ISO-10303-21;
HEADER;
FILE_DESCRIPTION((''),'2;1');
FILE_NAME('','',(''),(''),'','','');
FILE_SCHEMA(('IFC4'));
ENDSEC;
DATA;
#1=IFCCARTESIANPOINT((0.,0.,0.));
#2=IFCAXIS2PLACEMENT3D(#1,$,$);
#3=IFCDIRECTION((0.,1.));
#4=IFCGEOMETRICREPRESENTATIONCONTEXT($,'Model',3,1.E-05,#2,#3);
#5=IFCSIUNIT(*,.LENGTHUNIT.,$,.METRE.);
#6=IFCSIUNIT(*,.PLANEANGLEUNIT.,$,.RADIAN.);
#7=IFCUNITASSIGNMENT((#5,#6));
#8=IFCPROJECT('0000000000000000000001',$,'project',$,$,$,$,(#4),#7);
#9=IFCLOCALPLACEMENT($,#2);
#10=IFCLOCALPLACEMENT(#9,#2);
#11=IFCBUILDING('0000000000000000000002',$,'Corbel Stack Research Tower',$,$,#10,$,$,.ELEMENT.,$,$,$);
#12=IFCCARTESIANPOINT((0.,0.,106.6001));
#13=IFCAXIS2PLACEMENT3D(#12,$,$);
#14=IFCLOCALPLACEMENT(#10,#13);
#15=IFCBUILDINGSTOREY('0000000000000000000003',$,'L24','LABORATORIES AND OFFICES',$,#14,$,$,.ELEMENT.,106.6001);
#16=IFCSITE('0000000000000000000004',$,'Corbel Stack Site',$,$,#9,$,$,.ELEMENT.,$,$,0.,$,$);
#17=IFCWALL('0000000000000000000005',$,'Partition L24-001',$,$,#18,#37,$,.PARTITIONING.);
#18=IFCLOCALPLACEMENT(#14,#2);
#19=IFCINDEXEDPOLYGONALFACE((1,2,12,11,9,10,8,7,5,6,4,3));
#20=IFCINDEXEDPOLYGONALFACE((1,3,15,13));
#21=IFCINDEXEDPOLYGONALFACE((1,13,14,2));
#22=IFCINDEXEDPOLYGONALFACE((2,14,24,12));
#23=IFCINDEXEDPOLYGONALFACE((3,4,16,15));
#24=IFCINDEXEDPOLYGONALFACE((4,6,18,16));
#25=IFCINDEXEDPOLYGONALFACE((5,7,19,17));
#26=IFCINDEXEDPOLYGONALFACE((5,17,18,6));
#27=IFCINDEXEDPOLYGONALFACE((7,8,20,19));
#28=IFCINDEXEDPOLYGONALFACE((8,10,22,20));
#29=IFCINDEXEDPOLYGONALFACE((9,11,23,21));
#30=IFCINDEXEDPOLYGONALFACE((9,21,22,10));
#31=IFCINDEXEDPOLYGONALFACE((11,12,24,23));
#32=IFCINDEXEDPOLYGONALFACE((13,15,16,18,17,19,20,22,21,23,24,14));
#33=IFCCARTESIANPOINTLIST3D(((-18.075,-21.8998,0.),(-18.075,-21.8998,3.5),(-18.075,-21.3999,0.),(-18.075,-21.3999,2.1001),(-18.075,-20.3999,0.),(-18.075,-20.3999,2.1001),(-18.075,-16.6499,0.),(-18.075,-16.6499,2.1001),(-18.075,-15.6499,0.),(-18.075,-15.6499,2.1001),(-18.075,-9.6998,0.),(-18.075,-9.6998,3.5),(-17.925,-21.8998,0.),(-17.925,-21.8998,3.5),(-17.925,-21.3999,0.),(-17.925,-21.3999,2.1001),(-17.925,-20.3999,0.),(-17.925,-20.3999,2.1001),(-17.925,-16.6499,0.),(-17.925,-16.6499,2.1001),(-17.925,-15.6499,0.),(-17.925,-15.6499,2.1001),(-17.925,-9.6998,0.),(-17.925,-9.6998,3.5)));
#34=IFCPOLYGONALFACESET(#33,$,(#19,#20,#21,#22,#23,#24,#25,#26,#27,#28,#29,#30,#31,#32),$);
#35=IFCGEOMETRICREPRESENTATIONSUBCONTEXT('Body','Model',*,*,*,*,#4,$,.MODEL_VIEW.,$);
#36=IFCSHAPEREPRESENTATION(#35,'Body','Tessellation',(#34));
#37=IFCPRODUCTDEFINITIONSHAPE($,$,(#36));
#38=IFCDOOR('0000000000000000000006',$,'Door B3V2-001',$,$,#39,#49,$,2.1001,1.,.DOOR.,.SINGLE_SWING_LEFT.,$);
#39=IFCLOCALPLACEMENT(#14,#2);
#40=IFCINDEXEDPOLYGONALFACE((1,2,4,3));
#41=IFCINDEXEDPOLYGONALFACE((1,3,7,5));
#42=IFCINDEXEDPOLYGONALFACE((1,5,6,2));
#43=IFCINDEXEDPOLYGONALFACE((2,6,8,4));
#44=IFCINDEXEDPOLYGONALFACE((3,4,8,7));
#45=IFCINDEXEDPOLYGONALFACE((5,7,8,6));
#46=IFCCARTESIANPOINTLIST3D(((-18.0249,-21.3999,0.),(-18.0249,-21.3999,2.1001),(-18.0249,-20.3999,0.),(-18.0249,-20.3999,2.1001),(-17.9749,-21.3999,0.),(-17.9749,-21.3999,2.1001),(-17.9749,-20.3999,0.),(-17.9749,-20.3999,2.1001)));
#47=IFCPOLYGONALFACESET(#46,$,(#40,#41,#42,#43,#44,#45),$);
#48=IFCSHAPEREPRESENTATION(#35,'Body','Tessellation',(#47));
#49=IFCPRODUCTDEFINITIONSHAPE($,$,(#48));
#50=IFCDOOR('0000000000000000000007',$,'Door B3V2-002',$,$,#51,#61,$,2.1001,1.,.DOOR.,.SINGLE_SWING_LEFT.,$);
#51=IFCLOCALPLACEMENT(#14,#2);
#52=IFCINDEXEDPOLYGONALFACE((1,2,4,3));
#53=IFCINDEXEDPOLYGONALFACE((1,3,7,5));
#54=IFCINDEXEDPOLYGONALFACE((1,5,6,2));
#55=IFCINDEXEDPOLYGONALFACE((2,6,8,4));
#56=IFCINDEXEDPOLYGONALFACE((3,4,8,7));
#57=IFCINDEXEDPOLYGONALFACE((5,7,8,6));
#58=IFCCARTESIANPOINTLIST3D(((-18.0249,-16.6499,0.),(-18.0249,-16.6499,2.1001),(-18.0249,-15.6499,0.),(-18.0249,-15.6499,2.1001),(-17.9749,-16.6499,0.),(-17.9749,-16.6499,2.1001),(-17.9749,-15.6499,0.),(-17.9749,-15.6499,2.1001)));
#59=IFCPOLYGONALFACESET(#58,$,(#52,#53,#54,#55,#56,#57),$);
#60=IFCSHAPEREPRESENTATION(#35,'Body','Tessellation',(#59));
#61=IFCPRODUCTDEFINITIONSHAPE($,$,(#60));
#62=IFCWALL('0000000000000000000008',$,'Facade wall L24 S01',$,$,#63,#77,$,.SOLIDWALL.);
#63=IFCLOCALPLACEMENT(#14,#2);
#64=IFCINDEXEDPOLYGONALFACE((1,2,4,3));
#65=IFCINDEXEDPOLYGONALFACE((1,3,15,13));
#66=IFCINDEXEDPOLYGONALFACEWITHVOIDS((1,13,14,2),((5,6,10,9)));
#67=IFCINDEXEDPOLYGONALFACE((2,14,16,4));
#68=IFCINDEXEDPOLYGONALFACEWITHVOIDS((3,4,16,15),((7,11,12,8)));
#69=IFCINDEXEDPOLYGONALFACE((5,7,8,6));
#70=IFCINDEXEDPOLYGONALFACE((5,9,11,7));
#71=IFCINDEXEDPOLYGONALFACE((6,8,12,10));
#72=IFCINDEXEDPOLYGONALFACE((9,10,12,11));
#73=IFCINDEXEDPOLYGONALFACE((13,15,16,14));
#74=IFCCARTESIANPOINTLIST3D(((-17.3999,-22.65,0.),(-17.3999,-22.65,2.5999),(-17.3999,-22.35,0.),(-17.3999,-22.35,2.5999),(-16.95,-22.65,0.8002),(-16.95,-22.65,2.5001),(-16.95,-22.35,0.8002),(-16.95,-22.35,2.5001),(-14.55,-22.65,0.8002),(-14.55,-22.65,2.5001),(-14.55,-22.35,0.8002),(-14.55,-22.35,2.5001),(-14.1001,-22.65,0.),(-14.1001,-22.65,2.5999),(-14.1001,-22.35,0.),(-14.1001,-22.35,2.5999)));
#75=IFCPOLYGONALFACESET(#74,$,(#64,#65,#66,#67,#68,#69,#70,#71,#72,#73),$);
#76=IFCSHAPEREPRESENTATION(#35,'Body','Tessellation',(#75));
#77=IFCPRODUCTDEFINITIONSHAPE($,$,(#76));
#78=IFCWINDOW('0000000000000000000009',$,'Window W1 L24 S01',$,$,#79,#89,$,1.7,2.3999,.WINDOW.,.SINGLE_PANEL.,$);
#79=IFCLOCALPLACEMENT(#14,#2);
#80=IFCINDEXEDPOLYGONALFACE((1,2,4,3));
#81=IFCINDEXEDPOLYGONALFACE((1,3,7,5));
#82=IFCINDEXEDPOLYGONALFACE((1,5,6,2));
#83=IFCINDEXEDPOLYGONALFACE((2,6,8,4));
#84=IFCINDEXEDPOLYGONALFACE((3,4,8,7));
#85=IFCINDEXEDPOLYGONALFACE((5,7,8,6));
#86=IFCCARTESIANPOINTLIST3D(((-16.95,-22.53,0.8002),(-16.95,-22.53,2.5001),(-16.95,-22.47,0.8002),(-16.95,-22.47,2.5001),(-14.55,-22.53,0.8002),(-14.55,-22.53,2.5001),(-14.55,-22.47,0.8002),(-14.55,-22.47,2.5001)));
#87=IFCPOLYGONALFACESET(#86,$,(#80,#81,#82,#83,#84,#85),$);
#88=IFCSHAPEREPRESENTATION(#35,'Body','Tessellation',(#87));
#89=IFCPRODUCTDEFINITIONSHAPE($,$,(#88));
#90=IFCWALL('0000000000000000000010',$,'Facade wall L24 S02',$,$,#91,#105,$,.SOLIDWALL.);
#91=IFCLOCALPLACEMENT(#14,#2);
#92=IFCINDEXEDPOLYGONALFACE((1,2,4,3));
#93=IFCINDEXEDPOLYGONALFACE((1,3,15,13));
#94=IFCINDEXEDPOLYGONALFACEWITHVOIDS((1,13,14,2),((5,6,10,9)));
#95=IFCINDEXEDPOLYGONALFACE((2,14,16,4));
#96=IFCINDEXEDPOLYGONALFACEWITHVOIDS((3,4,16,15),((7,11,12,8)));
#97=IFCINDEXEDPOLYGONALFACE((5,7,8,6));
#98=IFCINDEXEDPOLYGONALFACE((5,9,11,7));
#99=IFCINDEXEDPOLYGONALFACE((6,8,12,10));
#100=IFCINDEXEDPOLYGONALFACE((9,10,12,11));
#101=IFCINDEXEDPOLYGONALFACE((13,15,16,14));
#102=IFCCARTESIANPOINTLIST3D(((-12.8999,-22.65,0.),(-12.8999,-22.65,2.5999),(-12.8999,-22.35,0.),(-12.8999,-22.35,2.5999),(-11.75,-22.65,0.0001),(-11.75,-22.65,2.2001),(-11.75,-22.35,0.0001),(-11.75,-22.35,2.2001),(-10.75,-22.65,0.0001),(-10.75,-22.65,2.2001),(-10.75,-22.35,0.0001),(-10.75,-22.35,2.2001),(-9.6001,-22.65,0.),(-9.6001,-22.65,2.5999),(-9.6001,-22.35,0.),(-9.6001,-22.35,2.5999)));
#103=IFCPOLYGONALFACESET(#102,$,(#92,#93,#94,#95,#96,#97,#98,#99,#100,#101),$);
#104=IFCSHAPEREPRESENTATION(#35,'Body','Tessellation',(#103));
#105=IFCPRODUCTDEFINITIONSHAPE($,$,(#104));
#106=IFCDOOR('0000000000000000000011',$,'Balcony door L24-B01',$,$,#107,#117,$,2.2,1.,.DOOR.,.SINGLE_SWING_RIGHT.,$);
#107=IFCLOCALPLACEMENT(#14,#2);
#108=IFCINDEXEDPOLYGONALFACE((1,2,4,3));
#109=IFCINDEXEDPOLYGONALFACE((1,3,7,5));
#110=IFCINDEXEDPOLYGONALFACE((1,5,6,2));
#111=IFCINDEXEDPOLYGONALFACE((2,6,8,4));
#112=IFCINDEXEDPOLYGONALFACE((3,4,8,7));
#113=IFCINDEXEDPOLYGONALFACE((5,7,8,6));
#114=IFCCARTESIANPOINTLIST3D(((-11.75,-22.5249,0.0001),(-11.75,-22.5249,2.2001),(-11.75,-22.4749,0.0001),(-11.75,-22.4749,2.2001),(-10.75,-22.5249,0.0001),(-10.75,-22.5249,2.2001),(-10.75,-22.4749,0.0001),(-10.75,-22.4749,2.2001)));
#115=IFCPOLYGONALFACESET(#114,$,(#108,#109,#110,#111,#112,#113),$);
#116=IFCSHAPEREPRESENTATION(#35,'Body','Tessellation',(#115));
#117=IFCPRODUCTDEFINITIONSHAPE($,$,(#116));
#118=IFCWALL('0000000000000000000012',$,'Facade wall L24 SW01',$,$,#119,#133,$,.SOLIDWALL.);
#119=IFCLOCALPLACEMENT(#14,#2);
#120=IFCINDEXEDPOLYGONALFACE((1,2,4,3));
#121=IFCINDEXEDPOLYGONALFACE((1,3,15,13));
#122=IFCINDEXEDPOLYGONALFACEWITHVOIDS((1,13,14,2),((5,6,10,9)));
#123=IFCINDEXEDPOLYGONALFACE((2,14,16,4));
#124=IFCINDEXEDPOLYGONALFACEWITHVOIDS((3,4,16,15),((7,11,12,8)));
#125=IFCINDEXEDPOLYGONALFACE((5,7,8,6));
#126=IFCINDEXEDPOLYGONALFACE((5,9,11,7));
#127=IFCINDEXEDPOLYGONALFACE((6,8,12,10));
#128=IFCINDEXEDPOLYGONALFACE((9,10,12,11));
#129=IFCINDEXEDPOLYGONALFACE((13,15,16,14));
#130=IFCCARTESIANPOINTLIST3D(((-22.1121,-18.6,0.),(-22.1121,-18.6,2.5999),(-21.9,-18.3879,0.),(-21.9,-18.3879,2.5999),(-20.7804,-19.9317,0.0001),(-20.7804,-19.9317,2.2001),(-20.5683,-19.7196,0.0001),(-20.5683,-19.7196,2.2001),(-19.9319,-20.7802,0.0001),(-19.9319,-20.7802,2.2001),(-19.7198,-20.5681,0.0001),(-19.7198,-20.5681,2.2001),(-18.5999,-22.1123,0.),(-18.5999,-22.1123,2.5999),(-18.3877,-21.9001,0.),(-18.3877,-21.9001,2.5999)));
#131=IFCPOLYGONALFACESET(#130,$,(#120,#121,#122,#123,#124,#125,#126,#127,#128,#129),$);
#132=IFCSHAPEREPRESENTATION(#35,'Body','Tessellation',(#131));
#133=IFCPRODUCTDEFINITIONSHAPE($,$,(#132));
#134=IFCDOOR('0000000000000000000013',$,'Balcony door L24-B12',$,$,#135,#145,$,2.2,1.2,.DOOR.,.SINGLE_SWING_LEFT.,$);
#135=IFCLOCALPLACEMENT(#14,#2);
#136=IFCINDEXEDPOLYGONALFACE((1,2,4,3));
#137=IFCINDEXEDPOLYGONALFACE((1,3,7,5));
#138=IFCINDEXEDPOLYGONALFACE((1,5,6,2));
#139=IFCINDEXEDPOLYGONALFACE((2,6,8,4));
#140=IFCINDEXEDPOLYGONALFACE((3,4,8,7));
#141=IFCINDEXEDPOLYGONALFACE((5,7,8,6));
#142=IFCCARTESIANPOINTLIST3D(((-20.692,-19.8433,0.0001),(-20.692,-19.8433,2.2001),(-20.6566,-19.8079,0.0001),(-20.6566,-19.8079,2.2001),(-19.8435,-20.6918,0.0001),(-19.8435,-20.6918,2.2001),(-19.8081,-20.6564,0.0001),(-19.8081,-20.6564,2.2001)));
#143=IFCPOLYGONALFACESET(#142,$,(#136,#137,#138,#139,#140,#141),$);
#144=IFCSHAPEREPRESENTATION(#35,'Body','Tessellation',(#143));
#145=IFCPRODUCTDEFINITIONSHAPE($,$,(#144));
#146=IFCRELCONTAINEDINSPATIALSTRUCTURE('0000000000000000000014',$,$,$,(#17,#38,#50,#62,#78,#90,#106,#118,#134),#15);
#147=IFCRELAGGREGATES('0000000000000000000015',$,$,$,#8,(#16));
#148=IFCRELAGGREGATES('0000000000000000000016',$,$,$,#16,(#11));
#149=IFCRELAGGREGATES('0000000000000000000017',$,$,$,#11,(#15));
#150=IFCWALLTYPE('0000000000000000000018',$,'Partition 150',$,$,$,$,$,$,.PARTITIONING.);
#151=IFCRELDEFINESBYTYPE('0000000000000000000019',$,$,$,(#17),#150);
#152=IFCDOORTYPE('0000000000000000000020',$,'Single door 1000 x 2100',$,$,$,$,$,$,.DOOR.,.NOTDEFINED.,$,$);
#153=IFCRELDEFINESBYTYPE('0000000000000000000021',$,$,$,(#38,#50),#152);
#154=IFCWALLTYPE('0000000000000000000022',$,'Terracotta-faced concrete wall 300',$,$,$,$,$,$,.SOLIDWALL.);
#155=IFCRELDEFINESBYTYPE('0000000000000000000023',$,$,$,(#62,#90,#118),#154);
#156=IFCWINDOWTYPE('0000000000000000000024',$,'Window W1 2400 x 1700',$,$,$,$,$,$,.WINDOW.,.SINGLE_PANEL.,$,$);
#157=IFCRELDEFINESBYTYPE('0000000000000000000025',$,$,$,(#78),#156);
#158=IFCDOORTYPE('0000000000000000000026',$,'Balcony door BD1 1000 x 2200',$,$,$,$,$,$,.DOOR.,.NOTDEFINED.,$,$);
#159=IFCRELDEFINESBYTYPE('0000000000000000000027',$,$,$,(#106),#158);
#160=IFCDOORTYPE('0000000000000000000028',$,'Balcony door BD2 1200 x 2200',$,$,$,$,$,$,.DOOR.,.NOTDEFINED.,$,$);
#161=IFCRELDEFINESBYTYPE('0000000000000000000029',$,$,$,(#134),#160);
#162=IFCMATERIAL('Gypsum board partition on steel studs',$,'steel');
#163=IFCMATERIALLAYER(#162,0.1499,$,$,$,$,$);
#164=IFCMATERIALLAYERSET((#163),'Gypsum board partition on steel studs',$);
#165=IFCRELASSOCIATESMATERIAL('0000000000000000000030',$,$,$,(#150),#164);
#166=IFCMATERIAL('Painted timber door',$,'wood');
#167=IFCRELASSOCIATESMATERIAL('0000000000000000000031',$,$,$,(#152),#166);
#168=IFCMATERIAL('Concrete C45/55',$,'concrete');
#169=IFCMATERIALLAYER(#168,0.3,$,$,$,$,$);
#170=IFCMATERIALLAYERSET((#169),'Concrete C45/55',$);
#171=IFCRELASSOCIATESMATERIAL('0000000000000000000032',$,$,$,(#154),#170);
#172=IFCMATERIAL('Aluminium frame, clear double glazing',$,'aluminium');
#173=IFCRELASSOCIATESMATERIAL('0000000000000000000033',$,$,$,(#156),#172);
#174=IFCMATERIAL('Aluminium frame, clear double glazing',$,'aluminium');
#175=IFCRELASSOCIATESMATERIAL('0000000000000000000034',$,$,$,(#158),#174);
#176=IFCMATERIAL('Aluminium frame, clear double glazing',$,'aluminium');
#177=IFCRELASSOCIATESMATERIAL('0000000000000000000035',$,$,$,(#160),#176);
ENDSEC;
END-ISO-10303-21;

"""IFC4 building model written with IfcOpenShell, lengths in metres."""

from ifc_helpers import new_model, si_unit, direction, frame, frame_2d, origin, place, context, subcontext, project, spatial, rectangle, extrude, material, layer, layer_set, type_object, element, fill, save


model = new_model("IFC4")

# Units and contexts
model_context = context("Model", 3, precision=1e-05, world=origin(), true_north=direction((0.0, 1.0)))
body_context = subcontext(model_context, "Body", "Model", "MODEL_VIEW")
ifc_project = project(units=[si_unit("LENGTHUNIT", "METRE"), si_unit("PLANEANGLEUNIT", "RADIAN")], contexts=[model_context])

# Site, building, storey
site_placement = place(None, origin())
site = spatial("IfcSite", under=ifc_project, at=site_placement, Name="Corbel Stack Site", CompositionType="ELEMENT", RefElevation=0.0)
building_placement = place(site_placement, origin())
building = spatial("IfcBuilding", under=site, at=building_placement, Name="Corbel Stack Research Tower", CompositionType="ELEMENT")
storey_placement = place(building_placement, frame((0.0, 0.0, 106.6001)))
storey = spatial("IfcBuildingStorey", under=building, at=storey_placement, Name="L24", Description="LABORATORIES AND OFFICES", CompositionType="ELEMENT", Elevation=106.6001)

# Wall, openings, doors
ifc_material_1 = material(Name="Gypsum board partition on steel studs", Category="steel")
ifc_layer_1 = layer(ifc_material_1, 0.1499)
ifc_layer_set_1 = layer_set([ifc_layer_1], Name="Gypsum board partition on steel studs")
wall_type_1 = type_object("IfcWallType", Name="Partition 150", PredefinedType="PARTITIONING", material=ifc_layer_set_1)
wall_1_placement = place(storey_placement, frame((-18.0, -21.8999, 0.0), z_axis=(0.0, 0.0, 1.0), x_axis=(0.0, 1.0, 0.0)))
wall_1 = element("IfcWall", 1, at=wall_1_placement, inside=storey, type_object=wall_type_1, Name="Partition L24-001", PredefinedType="PARTITIONING", context=body_context, shape_type="SweptSolid", body=[
    extrude(rectangle(XDim=12.2, YDim=0.1499, at=frame_2d((6.1001, 0.0))), origin(), (0.0, 0.0, 1.0), 3.5),
])
opening_1_placement = place(wall_1_placement, frame((0.5, 0.0, 0.0)))
opening_1 = element("IfcOpeningElement", 2, at=opening_1_placement, cuts=wall_1, PredefinedType="OPENING", context=body_context, shape_type="SweptSolid", body=[
    extrude(rectangle(XDim=1.0, YDim=2.1001, at=frame_2d((0.5, 1.05))), frame((0.0, 0.085, 0.0), z_axis=(0.0, -1.0, 0.0), x_axis=(1.0, 0.0, 0.0)), (0.0, 0.0, 1.0), 0.1699),
])
opening_2_placement = place(wall_1_placement, frame((5.25, 0.0, 0.0)))
opening_2 = element("IfcOpeningElement", 3, at=opening_2_placement, cuts=wall_1, PredefinedType="OPENING", context=body_context, shape_type="SweptSolid", body=[
    extrude(rectangle(XDim=1.0, YDim=2.1001, at=frame_2d((0.5, 1.05))), frame((0.0, 0.085, 0.0), z_axis=(0.0, -1.0, 0.0), x_axis=(1.0, 0.0, 0.0)), (0.0, 0.0, 1.0), 0.1699),
])
ifc_material_2 = material(Name="Painted timber door", Category="wood")
door_type_1 = type_object("IfcDoorType", Name="Single door 1000 x 2100", OperationType="NOTDEFINED", PredefinedType="DOOR", material=ifc_material_2)
door_1_placement = place(opening_1_placement, origin())
door_1 = element("IfcDoor", 4, at=door_1_placement, inside=storey, type_object=door_type_1, Name="Door B3V2-001", OperationType="SINGLE_SWING_LEFT", OverallHeight=2.1001, OverallWidth=1.0, PredefinedType="DOOR", context=body_context, shape_type="SweptSolid", body=[
    extrude(rectangle(XDim=1.0, YDim=2.1001, at=frame_2d((0.5, 1.05))), frame((0.0, 0.0249, 0.0), z_axis=(0.0, -1.0, 0.0), x_axis=(1.0, 0.0, 0.0)), (0.0, 0.0, 1.0), 0.05),
])
fill(opening_1, door_1)
door_2_placement = place(opening_2_placement, origin())
door_2 = element("IfcDoor", 5, at=door_2_placement, inside=storey, type_object=door_type_1, Name="Door B3V2-002", OperationType="SINGLE_SWING_LEFT", OverallHeight=2.1001, OverallWidth=1.0, PredefinedType="DOOR", context=body_context, shape_type="SweptSolid", body=[
    extrude(rectangle(XDim=1.0, YDim=2.1001, at=frame_2d((0.5, 1.05))), frame((0.0, 0.0249, 0.0), z_axis=(0.0, -1.0, 0.0), x_axis=(1.0, 0.0, 0.0)), (0.0, 0.0, 1.0), 0.05),
])
fill(opening_2, door_2)

# Wall, opening, window
ifc_material_3 = material(Name="Concrete C45/55", Category="concrete")
ifc_layer_2 = layer(ifc_material_3, 0.3)
ifc_layer_set_2 = layer_set([ifc_layer_2], Name="Concrete C45/55")
wall_type_2 = type_object("IfcWallType", Name="Terracotta-faced concrete wall 300", PredefinedType="SOLIDWALL", material=ifc_layer_set_2)
wall_2_placement = place(storey_placement, frame((-14.1001, -22.5, 0.0), z_axis=(0.0, 0.0, 1.0), x_axis=(-1.0, 0.0, 0.0)))
wall_2 = element("IfcWall", 6, at=wall_2_placement, inside=storey, type_object=wall_type_2, Name="Facade wall L24 S01", PredefinedType="SOLIDWALL", context=body_context, shape_type="SweptSolid", body=[
    extrude(rectangle(XDim=3.2998, YDim=0.3, at=frame_2d((1.6499, 0.0))), origin(), (0.0, 0.0, 1.0), 2.5999),
])
opening_3_placement = place(wall_2_placement, frame((0.45, 0.0, 0.8)))
opening_3 = element("IfcOpeningElement", 7, at=opening_3_placement, cuts=wall_2, PredefinedType="OPENING", context=body_context, shape_type="SweptSolid", body=[
    extrude(rectangle(XDim=2.3999, YDim=1.7, at=frame_2d((1.2, 0.8501))), frame((0.0, 0.1599, 0.0), z_axis=(0.0, -1.0, 0.0), x_axis=(1.0, 0.0, 0.0)), (0.0, 0.0, 1.0), 0.3201),
])
ifc_material_4 = material(Name="Aluminium frame, clear double glazing", Category="aluminium")
window_type = type_object("IfcWindowType", Name="Window W1 2400 x 1700", PartitioningType="SINGLE_PANEL", PredefinedType="WINDOW", material=ifc_material_4)
window_placement = place(opening_3_placement, origin())
window = element("IfcWindow", 8, at=window_placement, inside=storey, type_object=window_type, Name="Window W1 L24 S01", OverallHeight=1.7, OverallWidth=2.3999, PartitioningType="SINGLE_PANEL", PredefinedType="WINDOW", context=body_context, shape_type="SweptSolid", body=[
    extrude(rectangle(XDim=2.3999, YDim=1.7, at=frame_2d((1.2, 0.8501))), frame((0.0, 0.03, 0.0), z_axis=(0.0, -1.0, 0.0), x_axis=(1.0, 0.0, 0.0)), (0.0, 0.0, 1.0), 0.0601),
])
fill(opening_3, window)

# Walls, openings, doors
wall_3_placement = place(storey_placement, frame((-9.6001, -22.5, 0.0), z_axis=(0.0, 0.0, 1.0), x_axis=(-1.0, 0.0, 0.0)))
wall_3 = element("IfcWall", 9, at=wall_3_placement, inside=storey, type_object=wall_type_2, Name="Facade wall L24 S02", PredefinedType="SOLIDWALL", context=body_context, shape_type="SweptSolid", body=[
    extrude(rectangle(XDim=3.2998, YDim=0.3, at=frame_2d((1.6499, 0.0))), origin(), (0.0, 0.0, 1.0), 2.5999),
])
opening_4_placement = place(wall_3_placement, frame((1.1499, 0.0, 0.0)))
opening_4 = element("IfcOpeningElement", 10, at=opening_4_placement, cuts=wall_3, PredefinedType="OPENING", context=body_context, shape_type="SweptSolid", body=[
    extrude(rectangle(XDim=1.0, YDim=2.2, at=frame_2d((0.5, 1.1001))), frame((0.0, 0.1599, 0.0), z_axis=(0.0, -1.0, 0.0), x_axis=(1.0, 0.0, 0.0)), (0.0, 0.0, 1.0), 0.3201),
])
ifc_material_5 = material(Name="Aluminium frame, clear double glazing", Category="aluminium")
door_type_2 = type_object("IfcDoorType", Name="Balcony door BD1 1000 x 2200", OperationType="NOTDEFINED", PredefinedType="DOOR", material=ifc_material_5)
door_3_placement = place(opening_4_placement, origin())
door_3 = element("IfcDoor", 11, at=door_3_placement, inside=storey, type_object=door_type_2, Name="Balcony door L24-B01", OperationType="SINGLE_SWING_RIGHT", OverallHeight=2.2, OverallWidth=1.0, PredefinedType="DOOR", context=body_context, shape_type="SweptSolid", body=[
    extrude(rectangle(XDim=1.0, YDim=2.2, at=frame_2d((0.5, 1.1001))), frame((0.0, 0.0249, 0.0), z_axis=(0.0, -1.0, 0.0), x_axis=(1.0, 0.0, 0.0)), (0.0, 0.0, 1.0), 0.05),
])
fill(opening_4, door_3)
wall_4_placement = place(storey_placement, frame((-18.4939, -22.0061, 0.0), z_axis=(0.0, 0.0, 1.0), x_axis=(-0.707107, 0.707107, 0.0)))
wall_4 = element("IfcWall", 12, at=wall_4_placement, inside=storey, type_object=wall_type_2, Name="Facade wall L24 SW01", PredefinedType="SOLIDWALL", context=body_context, shape_type="SweptSolid", body=[
    extrude(rectangle(XDim=4.967, YDim=0.3, at=frame_2d((2.4834, 0.0))), origin(), (0.0, 0.0, 1.0), 2.5999),
])
opening_5_placement = place(wall_4_placement, frame((1.8835, 0.0, 0.0)))
opening_5 = element("IfcOpeningElement", 13, at=opening_5_placement, cuts=wall_4, PredefinedType="OPENING", context=body_context, shape_type="SweptSolid", body=[
    extrude(rectangle(XDim=1.2, YDim=2.2, at=frame_2d((0.6001, 1.1001))), frame((0.0, 0.1599, 0.0), z_axis=(0.0, -1.0, 0.0), x_axis=(1.0, 0.0, 0.0)), (0.0, 0.0, 1.0), 0.3201),
])
ifc_material_6 = material(Name="Aluminium frame, clear double glazing", Category="aluminium")
door_type_3 = type_object("IfcDoorType", Name="Balcony door BD2 1200 x 2200", OperationType="NOTDEFINED", PredefinedType="DOOR", material=ifc_material_6)
door_4_placement = place(opening_5_placement, origin())
door_4 = element("IfcDoor", 14, at=door_4_placement, inside=storey, type_object=door_type_3, Name="Balcony door L24-B12", OperationType="SINGLE_SWING_LEFT", OverallHeight=2.2, OverallWidth=1.2, PredefinedType="DOOR", context=body_context, shape_type="SweptSolid", body=[
    extrude(rectangle(XDim=1.2, YDim=2.2, at=frame_2d((0.6001, 1.1001))), frame((0.0, 0.0249, 0.0), z_axis=(0.0, -1.0, 0.0), x_axis=(1.0, 0.0, 0.0)), (0.0, 0.0, 1.0), 0.05),
])
fill(opening_5, door_4)

save(model, "model.ifc")
